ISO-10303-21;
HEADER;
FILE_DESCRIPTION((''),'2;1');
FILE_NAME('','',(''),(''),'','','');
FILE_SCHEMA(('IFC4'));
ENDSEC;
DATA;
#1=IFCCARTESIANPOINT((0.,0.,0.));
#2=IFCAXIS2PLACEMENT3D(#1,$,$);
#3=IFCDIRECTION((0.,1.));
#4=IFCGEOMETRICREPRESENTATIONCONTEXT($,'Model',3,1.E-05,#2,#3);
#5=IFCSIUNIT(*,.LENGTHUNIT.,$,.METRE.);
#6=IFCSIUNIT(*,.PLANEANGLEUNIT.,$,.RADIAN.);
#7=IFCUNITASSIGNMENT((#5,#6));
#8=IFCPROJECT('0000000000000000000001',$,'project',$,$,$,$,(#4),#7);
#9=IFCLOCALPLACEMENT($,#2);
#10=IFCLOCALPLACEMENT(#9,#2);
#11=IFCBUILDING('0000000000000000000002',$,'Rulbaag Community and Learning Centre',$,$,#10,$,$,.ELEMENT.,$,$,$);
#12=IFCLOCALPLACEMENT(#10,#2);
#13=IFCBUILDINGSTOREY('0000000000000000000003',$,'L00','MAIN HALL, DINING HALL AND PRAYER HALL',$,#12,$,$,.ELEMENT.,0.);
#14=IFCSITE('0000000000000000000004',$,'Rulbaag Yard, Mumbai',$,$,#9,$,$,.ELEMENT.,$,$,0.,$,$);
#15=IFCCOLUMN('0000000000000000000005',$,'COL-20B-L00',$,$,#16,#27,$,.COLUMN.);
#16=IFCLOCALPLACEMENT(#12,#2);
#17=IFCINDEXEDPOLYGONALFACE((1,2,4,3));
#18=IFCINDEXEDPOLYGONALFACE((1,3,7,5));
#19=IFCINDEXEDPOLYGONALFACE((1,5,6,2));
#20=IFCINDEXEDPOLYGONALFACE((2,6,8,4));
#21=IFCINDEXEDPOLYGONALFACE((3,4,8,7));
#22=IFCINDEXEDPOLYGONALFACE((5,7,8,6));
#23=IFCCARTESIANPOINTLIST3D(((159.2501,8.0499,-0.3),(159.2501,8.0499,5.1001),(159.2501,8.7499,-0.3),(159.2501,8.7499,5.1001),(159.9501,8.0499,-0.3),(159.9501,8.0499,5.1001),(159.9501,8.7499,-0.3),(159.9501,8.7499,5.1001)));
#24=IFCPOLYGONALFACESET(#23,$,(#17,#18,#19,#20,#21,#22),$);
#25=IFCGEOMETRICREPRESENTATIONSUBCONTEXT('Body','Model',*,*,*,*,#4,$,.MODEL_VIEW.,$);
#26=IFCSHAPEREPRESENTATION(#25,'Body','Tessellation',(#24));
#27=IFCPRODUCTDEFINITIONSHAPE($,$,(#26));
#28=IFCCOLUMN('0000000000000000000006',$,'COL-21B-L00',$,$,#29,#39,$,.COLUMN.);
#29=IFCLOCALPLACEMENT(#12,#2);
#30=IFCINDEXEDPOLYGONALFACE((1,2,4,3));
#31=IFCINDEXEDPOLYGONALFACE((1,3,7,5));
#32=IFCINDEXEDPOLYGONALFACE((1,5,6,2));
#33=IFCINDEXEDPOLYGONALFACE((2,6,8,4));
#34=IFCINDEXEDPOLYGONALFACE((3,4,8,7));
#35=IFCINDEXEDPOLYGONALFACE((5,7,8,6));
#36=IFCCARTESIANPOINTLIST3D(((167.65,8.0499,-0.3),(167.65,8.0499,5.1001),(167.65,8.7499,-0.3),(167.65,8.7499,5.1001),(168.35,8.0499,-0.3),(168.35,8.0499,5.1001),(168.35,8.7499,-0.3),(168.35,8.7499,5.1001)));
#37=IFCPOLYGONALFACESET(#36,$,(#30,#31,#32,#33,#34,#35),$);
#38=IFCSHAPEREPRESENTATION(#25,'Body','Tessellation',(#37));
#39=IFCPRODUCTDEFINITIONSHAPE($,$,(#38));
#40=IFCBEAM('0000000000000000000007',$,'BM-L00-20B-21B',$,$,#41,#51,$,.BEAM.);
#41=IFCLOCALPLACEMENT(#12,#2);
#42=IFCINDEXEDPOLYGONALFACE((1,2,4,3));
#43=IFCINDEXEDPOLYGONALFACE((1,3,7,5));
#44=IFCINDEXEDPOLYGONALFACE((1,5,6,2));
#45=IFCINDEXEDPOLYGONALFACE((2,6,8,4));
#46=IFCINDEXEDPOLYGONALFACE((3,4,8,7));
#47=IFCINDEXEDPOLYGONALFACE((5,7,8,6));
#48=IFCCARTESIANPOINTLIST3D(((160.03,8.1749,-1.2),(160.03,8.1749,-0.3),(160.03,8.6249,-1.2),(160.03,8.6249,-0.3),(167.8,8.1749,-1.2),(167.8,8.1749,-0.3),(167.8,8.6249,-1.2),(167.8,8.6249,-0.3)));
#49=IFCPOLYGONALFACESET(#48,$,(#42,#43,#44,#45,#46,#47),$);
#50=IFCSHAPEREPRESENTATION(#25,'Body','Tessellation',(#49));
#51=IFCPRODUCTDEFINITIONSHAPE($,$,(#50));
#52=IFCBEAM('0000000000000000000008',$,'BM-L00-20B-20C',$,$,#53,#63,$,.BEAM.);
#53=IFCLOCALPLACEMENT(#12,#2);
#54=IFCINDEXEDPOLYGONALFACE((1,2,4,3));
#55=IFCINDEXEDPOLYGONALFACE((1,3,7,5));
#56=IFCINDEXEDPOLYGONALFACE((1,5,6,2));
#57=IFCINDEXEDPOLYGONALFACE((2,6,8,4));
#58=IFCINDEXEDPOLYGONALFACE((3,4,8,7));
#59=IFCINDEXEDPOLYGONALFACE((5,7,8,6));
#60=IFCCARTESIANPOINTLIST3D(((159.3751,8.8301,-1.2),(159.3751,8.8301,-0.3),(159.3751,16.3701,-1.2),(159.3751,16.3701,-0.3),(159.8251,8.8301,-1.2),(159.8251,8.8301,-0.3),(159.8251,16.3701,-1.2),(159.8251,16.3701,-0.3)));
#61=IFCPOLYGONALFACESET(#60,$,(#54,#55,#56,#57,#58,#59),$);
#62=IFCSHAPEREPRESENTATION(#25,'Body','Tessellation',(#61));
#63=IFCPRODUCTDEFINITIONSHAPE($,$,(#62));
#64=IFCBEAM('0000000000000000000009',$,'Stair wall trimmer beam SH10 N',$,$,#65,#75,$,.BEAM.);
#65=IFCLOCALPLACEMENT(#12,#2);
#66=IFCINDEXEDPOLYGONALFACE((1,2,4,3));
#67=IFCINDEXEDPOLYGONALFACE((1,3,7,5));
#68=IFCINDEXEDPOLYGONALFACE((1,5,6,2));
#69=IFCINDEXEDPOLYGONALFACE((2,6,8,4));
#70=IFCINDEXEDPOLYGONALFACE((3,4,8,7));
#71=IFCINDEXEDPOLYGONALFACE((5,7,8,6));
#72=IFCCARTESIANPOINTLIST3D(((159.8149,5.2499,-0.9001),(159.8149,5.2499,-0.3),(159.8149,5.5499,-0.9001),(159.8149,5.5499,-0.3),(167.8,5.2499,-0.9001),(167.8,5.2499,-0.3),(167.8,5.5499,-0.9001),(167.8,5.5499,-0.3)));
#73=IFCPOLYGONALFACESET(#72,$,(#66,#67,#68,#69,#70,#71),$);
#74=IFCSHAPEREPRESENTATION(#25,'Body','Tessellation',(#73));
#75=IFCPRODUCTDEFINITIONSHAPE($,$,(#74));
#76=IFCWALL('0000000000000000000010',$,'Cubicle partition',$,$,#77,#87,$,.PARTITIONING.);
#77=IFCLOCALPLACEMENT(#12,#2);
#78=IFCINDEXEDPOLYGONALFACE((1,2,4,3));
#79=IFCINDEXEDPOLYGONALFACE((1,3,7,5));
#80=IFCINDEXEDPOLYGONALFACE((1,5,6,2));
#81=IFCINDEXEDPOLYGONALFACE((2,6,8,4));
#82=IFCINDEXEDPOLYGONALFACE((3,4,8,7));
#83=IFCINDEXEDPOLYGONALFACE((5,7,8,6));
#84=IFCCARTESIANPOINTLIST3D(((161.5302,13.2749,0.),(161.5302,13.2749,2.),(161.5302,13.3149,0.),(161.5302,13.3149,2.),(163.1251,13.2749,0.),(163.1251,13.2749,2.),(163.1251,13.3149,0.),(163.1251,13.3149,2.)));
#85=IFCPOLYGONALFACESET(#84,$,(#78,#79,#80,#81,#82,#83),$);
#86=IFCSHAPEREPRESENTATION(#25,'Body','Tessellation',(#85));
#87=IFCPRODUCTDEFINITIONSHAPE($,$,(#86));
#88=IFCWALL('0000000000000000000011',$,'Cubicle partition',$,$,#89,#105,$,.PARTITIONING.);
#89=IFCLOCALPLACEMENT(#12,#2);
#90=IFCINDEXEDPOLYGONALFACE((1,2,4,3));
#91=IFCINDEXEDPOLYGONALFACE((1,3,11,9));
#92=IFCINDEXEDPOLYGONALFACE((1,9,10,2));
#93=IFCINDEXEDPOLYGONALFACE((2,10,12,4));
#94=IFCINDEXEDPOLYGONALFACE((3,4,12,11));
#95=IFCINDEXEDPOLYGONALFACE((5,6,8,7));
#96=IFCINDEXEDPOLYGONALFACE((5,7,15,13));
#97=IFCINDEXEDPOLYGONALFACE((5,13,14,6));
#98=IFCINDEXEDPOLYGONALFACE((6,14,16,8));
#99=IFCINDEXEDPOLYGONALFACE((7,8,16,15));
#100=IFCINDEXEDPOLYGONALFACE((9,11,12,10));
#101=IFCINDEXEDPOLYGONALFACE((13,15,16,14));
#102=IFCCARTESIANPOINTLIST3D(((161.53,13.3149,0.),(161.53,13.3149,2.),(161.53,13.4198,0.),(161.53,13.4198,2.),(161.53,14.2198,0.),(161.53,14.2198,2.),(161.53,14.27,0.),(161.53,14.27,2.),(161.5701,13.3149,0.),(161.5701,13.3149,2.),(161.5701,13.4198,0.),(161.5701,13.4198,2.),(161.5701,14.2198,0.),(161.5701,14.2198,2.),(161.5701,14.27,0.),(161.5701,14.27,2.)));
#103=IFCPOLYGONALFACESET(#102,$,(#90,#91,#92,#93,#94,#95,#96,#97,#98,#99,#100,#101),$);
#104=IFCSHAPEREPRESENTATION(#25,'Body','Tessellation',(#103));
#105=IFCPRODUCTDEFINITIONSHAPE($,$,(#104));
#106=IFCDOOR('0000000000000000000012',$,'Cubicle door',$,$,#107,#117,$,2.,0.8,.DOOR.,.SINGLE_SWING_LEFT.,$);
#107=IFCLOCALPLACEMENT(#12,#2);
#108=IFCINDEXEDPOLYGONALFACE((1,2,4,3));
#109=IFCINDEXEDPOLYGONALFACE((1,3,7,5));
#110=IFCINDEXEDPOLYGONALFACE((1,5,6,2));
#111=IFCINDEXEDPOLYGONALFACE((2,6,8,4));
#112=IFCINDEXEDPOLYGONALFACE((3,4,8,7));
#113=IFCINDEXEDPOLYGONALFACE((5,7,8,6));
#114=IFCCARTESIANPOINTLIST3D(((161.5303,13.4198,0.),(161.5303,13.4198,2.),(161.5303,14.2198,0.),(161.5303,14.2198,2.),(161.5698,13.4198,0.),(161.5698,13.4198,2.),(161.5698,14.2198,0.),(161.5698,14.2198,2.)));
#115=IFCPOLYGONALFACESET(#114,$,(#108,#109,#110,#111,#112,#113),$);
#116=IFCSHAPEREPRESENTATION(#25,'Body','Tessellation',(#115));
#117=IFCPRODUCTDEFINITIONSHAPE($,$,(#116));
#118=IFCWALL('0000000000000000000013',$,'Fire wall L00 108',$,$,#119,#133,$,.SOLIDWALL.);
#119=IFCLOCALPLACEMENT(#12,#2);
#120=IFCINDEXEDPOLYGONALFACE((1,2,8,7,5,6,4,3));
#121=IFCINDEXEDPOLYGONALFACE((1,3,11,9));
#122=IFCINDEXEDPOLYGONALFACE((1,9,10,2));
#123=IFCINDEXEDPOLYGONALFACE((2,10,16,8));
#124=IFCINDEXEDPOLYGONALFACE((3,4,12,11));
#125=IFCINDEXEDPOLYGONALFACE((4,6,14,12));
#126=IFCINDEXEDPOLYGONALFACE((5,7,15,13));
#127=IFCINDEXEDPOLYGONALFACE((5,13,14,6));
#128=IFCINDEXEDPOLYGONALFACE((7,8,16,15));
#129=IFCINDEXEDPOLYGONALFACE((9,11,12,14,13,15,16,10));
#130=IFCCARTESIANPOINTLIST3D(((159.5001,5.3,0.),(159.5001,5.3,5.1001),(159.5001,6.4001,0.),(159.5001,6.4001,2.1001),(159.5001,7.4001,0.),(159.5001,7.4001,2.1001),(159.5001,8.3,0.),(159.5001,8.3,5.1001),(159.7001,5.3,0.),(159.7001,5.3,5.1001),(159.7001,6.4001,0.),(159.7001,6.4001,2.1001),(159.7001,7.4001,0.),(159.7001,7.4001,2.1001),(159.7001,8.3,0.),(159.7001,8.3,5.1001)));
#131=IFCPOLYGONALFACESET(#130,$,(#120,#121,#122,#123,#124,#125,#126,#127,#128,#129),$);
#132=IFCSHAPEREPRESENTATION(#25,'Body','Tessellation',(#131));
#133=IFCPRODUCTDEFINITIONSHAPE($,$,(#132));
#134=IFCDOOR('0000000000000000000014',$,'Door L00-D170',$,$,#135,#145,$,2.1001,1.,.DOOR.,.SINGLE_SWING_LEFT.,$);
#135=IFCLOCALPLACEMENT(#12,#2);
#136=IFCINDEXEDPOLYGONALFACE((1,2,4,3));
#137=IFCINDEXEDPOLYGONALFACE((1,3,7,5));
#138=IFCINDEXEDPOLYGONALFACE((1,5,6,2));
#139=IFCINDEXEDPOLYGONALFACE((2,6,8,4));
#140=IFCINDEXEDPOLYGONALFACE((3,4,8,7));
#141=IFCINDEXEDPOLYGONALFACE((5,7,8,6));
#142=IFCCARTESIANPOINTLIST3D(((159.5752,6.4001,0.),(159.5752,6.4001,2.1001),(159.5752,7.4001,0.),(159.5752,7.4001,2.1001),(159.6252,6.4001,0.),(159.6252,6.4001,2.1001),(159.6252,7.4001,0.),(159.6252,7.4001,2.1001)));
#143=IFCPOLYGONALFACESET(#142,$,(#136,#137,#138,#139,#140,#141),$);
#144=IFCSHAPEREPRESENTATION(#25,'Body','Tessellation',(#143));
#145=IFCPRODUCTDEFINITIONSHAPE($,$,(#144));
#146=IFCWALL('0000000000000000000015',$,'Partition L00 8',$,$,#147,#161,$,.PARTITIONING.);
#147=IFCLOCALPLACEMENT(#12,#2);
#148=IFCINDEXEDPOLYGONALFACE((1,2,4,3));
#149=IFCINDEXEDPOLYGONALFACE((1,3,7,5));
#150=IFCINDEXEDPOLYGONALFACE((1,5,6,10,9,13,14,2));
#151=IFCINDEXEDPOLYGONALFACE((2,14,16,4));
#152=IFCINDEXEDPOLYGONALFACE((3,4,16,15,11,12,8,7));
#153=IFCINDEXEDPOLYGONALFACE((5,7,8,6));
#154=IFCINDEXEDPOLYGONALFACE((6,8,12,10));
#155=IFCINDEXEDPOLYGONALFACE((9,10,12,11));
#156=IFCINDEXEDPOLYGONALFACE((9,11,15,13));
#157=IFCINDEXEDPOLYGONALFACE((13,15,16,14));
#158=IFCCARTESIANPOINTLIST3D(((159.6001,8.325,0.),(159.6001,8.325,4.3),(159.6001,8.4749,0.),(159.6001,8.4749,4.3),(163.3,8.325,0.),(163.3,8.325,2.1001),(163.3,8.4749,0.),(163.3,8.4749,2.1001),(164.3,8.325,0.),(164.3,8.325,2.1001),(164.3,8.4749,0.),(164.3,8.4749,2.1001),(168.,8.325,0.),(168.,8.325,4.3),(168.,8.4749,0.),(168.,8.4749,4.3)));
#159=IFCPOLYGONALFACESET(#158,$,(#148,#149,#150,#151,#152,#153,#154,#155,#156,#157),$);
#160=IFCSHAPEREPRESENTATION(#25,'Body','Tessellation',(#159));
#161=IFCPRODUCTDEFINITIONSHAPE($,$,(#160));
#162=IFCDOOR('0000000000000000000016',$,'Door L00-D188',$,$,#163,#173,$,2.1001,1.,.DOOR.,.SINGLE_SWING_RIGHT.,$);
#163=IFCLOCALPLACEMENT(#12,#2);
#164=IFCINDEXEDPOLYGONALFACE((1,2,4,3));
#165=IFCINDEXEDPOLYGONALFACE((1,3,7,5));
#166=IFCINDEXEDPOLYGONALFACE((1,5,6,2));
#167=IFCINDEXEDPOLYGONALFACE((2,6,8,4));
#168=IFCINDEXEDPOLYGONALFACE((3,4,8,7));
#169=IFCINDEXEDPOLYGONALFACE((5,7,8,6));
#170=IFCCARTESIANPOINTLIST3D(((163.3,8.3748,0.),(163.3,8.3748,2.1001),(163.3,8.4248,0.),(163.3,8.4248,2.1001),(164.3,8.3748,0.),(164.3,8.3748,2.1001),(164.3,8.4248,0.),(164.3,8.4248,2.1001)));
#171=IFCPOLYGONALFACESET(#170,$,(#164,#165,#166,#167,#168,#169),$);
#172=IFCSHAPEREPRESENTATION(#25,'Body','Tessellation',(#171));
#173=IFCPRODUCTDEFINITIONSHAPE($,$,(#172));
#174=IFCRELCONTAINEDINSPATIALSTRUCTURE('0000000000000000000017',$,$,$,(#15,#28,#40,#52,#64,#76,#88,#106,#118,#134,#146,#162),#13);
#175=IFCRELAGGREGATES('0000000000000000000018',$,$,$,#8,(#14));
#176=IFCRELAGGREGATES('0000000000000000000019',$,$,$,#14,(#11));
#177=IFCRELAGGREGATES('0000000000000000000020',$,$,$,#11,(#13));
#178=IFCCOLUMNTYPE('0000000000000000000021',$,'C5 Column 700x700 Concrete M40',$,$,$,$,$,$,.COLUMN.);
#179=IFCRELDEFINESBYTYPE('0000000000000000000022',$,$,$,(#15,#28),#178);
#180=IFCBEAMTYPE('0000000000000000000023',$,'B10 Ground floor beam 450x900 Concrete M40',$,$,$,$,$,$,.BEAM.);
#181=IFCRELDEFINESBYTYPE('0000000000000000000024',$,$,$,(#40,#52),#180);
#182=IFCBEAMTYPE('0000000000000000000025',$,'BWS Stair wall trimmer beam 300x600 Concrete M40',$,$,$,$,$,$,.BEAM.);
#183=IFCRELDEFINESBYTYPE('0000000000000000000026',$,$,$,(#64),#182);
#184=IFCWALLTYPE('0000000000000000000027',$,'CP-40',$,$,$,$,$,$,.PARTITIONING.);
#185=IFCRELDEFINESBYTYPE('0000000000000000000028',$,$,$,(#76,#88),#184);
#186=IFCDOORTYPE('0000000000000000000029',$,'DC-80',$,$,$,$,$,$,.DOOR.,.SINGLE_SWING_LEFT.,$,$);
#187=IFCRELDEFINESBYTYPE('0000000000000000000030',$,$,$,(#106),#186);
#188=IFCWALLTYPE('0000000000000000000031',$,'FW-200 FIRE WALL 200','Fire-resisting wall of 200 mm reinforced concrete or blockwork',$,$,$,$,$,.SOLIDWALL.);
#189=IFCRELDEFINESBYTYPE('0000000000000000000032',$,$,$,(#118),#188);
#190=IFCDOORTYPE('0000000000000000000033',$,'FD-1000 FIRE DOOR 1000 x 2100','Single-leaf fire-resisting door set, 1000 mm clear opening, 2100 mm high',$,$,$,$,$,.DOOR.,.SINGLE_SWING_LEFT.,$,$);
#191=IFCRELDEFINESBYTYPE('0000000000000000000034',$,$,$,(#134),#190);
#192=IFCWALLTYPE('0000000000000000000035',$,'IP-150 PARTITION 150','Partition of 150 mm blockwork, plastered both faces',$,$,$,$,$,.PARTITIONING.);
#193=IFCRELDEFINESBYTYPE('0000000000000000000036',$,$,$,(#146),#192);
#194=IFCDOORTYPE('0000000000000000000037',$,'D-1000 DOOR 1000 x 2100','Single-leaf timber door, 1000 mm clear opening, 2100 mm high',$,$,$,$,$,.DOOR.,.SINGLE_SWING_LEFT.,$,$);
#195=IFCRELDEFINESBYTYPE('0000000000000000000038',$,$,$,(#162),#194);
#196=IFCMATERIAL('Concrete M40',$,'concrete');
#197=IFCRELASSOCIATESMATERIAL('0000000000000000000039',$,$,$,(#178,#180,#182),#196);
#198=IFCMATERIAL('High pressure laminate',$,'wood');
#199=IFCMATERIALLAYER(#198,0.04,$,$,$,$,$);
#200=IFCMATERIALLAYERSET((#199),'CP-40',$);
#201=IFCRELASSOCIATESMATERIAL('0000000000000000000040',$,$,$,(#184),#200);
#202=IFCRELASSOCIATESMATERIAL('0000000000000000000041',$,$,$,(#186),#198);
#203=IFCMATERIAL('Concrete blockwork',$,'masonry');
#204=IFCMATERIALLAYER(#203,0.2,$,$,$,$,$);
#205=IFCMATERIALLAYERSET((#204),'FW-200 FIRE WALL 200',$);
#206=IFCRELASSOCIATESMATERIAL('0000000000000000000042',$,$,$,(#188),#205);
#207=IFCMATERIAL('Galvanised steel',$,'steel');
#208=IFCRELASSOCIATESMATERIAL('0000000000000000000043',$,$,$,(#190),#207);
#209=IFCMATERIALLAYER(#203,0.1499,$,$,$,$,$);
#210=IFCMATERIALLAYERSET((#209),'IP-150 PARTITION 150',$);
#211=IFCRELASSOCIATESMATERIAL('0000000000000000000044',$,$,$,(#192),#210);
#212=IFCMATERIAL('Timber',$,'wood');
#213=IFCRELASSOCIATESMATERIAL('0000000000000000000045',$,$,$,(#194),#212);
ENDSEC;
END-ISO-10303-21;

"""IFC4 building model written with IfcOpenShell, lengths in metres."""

from ifc_helpers import new_model, si_unit, direction, frame, frame_2d, origin, origin_2d, place, context, subcontext, project, spatial, rectangle, extrude, material, layer, layer_set, material_profile, profile_set, type_object, element, fill, save


model = new_model("IFC4")

# Units and contexts
model_context = context("Model", 3, precision=1e-05, world=origin(), true_north=direction((0.0, 1.0)))
body_context = subcontext(model_context, "Body", "Model", "MODEL_VIEW")
ifc_project = project(units=[si_unit("LENGTHUNIT", "METRE"), si_unit("PLANEANGLEUNIT", "RADIAN")], contexts=[model_context])

# Site, building, storey
site_placement = place(None, origin())
site = spatial("IfcSite", under=ifc_project, at=site_placement, Name="Rulbaag Yard, Mumbai", CompositionType="ELEMENT", RefElevation=0.0)
building_placement = place(site_placement, origin())
building = spatial("IfcBuilding", under=site, at=building_placement, Name="Rulbaag Community and Learning Centre", CompositionType="ELEMENT")
storey_placement = place(building_placement, origin())
storey = spatial("IfcBuildingStorey", under=building, at=storey_placement, Name="L00", Description="MAIN HALL, DINING HALL AND PRAYER HALL", CompositionType="ELEMENT", Elevation=0.0)

# Columns
ifc_material_1 = material(Name="Concrete M40", Category="concrete")
ifc_material_profile_1 = material_profile(ifc_material_1, rectangle(XDim=0.7, YDim=0.7, at=origin_2d()), Name="RC700x700")
ifc_profile_set_1 = profile_set([ifc_material_profile_1], Name="Concrete M40")
column_type = type_object("IfcColumnType", Name="C5 Column 700x700 Concrete M40", PredefinedType="COLUMN", material=ifc_profile_set_1)
for number, where, z_axis, x_axis, name in (
    (1, (159.6001, 8.3999, -0.3), (0.0, 0.0, 1.0), (1.0, 0.0, 0.0), "COL-20B-L00"),
    (2, (168.0, 8.3999, -0.3), (0.0, 0.0, 1.0), (1.0, 0.0, 0.0), "COL-21B-L00"),
):
    element("IfcColumn", number, at=place(storey_placement, frame(where, z_axis=z_axis, x_axis=x_axis)), inside=storey, type_object=column_type, Name=name, PredefinedType="COLUMN", context=body_context, shape_type="SweptSolid", body=[
        extrude(rectangle(XDim=0.7, YDim=0.7, at=origin_2d()), origin(), (0.0, 0.0, 1.0), 5.4001),
    ])

# Beams
ifc_material_profile_2 = material_profile(ifc_material_1, rectangle(XDim=0.45, YDim=0.8999, at=origin_2d()), Name="RB450x900")
ifc_profile_set_2 = profile_set([ifc_material_profile_2], Name="Concrete M40")
beam_type_1 = type_object("IfcBeamType", Name="B10 Ground floor beam 450x900 Concrete M40", PredefinedType="BEAM", material=ifc_profile_set_2)
beam_1_placement = place(storey_placement, frame((160.03, 8.3999, -0.75), z_axis=(1.0, 0.0, 0.0), x_axis=(0.0, 1.0, 0.0)))
element("IfcBeam", 3, at=beam_1_placement, inside=storey, type_object=beam_type_1, Name="BM-L00-20B-21B", PredefinedType="BEAM", context=body_context, shape_type="SweptSolid", body=[
    extrude(rectangle(XDim=0.45, YDim=0.8999, at=origin_2d()), origin(), (0.0, 0.0, 1.0), 7.77),
])
beam_2_placement = place(storey_placement, frame((159.6001, 8.8301, -0.75), z_axis=(0.0, 1.0, 0.0), x_axis=(-1.0, 0.0, 0.0)))
element("IfcBeam", 4, at=beam_2_placement, inside=storey, type_object=beam_type_1, Name="BM-L00-20B-20C", PredefinedType="BEAM", context=body_context, shape_type="SweptSolid", body=[
    extrude(rectangle(XDim=0.45, YDim=0.8999, at=origin_2d()), origin(), (0.0, 0.0, 1.0), 7.54),
])
ifc_material_profile_3 = material_profile(ifc_material_1, rectangle(XDim=0.3, YDim=0.6001, at=origin_2d()), Name="RB300x600")
ifc_profile_set_3 = profile_set([ifc_material_profile_3], Name="Concrete M40")
beam_type_2 = type_object("IfcBeamType", Name="BWS Stair wall trimmer beam 300x600 Concrete M40", PredefinedType="BEAM", material=ifc_profile_set_3)
beam_3_placement = place(storey_placement, frame((159.8149, 5.3999, -0.6001), z_axis=(1.0, 0.0, 0.0), x_axis=(0.0, 1.0, 0.0)))
element("IfcBeam", 5, at=beam_3_placement, inside=storey, type_object=beam_type_2, Name="Stair wall trimmer beam SH10 N", PredefinedType="BEAM", context=body_context, shape_type="SweptSolid", body=[
    extrude(rectangle(XDim=0.3, YDim=0.6001, at=origin_2d()), origin(), (0.0, 0.0, 1.0), 7.9851),
])

# Wall
ifc_material_2 = material(Name="High pressure laminate", Category="wood")
ifc_layer_1 = layer(ifc_material_2, 0.04)
ifc_layer_set_1 = layer_set([ifc_layer_1], Name="CP-40")
wall_type_1 = type_object("IfcWallType", Name="CP-40", PredefinedType="PARTITIONING", material=ifc_layer_set_1)
wall_1_placement = place(storey_placement, frame((163.125, 13.2949, 0.0), z_axis=(0.0, 0.0, 1.0), x_axis=(-1.0, 0.0, 0.0)))
element("IfcWall", 6, at=wall_1_placement, inside=storey, type_object=wall_type_1, Name="Cubicle partition", PredefinedType="PARTITIONING", context=body_context, shape_type="SweptSolid", body=[
    extrude(rectangle(XDim=1.595, YDim=0.04, at=frame_2d((0.7974, 0.0))), origin(), (0.0, 0.0, 1.0), 2.0),
])

# Wall, opening, door
wall_2_placement = place(storey_placement, frame((161.55, 13.3149, 0.0), z_axis=(0.0, 0.0, 1.0), x_axis=(0.0, 1.0, 0.0)))
wall_2 = element("IfcWall", 7, at=wall_2_placement, inside=storey, type_object=wall_type_1, Name="Cubicle partition", PredefinedType="PARTITIONING", context=body_context, shape_type="SweptSolid", body=[
    extrude(rectangle(XDim=0.9551, YDim=0.04, at=frame_2d((0.4775, 0.0))), origin(), (0.0, 0.0, 1.0), 2.0),
])
opening_1_placement = place(wall_2_placement, frame((0.105, 0.0, 0.0)))
opening_1 = element("IfcOpeningElement", 8, at=opening_1_placement, cuts=wall_2, PredefinedType="OPENING", context=body_context, shape_type="SweptSolid", body=[
    extrude(rectangle(XDim=0.8, YDim=2.0, at=frame_2d((0.3999, 1.0))), frame((0.0, 0.03, 0.0), z_axis=(0.0, -1.0, 0.0), x_axis=(1.0, 0.0, 0.0)), (0.0, 0.0, 1.0), 0.0601),
])
door_type_1 = type_object("IfcDoorType", Name="DC-80", OperationType="SINGLE_SWING_LEFT", PredefinedType="DOOR", material=ifc_material_2)
door_1_placement = place(opening_1_placement, origin())
door_1 = element("IfcDoor", 9, at=door_1_placement, inside=storey, type_object=door_type_1, Name="Cubicle door", OperationType="SINGLE_SWING_LEFT", OverallHeight=2.0, OverallWidth=0.8, PredefinedType="DOOR", context=body_context, shape_type="SweptSolid", body=[
    extrude(rectangle(XDim=0.8, YDim=2.0, at=frame_2d((0.3999, 1.0))), frame((0.0, 0.0198, 0.0), z_axis=(0.0, -1.0, 0.0), x_axis=(1.0, 0.0, 0.0)), (0.0, 0.0, 1.0), 0.0396),
])
fill(opening_1, door_1)

# Walls, openings, doors
ifc_material_3 = material(Name="Concrete blockwork", Category="masonry")
ifc_layer_2 = layer(ifc_material_3, 0.2)
ifc_layer_set_2 = layer_set([ifc_layer_2], Name="FW-200 FIRE WALL 200")
wall_type_2 = type_object("IfcWallType", Name="FW-200 FIRE WALL 200", Description="Fire-resisting wall of 200 mm reinforced concrete or blockwork", PredefinedType="SOLIDWALL", material=ifc_layer_set_2)
wall_3_placement = place(storey_placement, frame((159.6001, 5.3, 0.0), z_axis=(0.0, 0.0, 1.0), x_axis=(0.0, 1.0, 0.0)))
wall_3 = element("IfcWall", 10, at=wall_3_placement, inside=storey, type_object=wall_type_2, Name="Fire wall L00 108", PredefinedType="SOLIDWALL", context=body_context, shape_type="SweptSolid", body=[
    extrude(rectangle(XDim=3.0, YDim=0.2, at=frame_2d((1.5, 0.0))), origin(), (0.0, 0.0, 1.0), 5.1001),
])
opening_2_placement = place(wall_3_placement, frame((1.1001, 0.0, 0.0)))
opening_2 = element("IfcOpeningElement", 11, at=opening_2_placement, cuts=wall_3, PredefinedType="OPENING", context=body_context, shape_type="SweptSolid", body=[
    extrude(rectangle(XDim=1.0, YDim=2.1001, at=frame_2d((0.5, 1.05))), frame((0.0, 0.1099, 0.0), z_axis=(0.0, -1.0, 0.0), x_axis=(1.0, 0.0, 0.0)), (0.0, 0.0, 1.0), 0.22),
])
ifc_material_4 = material(Name="Galvanised steel", Category="steel")
door_type_2 = type_object("IfcDoorType", Name="FD-1000 FIRE DOOR 1000 x 2100", Description="Single-leaf fire-resisting door set, 1000 mm clear opening, 2100 mm high", OperationType="SINGLE_SWING_LEFT", PredefinedType="DOOR", material=ifc_material_4)
door_2_placement = place(opening_2_placement, origin())
door_2 = element("IfcDoor", 12, at=door_2_placement, inside=storey, type_object=door_type_2, Name="Door L00-D170", OperationType="SINGLE_SWING_LEFT", OverallHeight=2.1001, OverallWidth=1.0, PredefinedType="DOOR", context=body_context, shape_type="SweptSolid", body=[
    extrude(rectangle(XDim=1.0, YDim=2.1001, at=frame_2d((0.5, 1.05))), frame((0.0, 0.0249, 0.0), z_axis=(0.0, -1.0, 0.0), x_axis=(1.0, 0.0, 0.0)), (0.0, 0.0, 1.0), 0.05),
])
fill(opening_2, door_2)
ifc_layer_3 = layer(ifc_material_3, 0.1499)
ifc_layer_set_3 = layer_set([ifc_layer_3], Name="IP-150 PARTITION 150")
wall_type_3 = type_object("IfcWallType", Name="IP-150 PARTITION 150", Description="Partition of 150 mm blockwork, plastered both faces", PredefinedType="PARTITIONING", material=ifc_layer_set_3)
wall_4_placement = place(storey_placement, frame((159.6001, 8.3999, 0.0), z_axis=(0.0, 0.0, 1.0), x_axis=(1.0, 0.0, 0.0)))
wall_4 = element("IfcWall", 13, at=wall_4_placement, inside=storey, type_object=wall_type_3, Name="Partition L00 8", PredefinedType="PARTITIONING", context=body_context, shape_type="SweptSolid", body=[
    extrude(rectangle(XDim=8.3999, YDim=0.1499, at=frame_2d((4.2, 0.0))), origin(), (0.0, 0.0, 1.0), 4.3),
])
opening_3_placement = place(wall_4_placement, frame((3.7, 0.0, 0.0)))
opening_3 = element("IfcOpeningElement", 14, at=opening_3_placement, cuts=wall_4, PredefinedType="OPENING", context=body_context, shape_type="SweptSolid", body=[
    extrude(rectangle(XDim=1.0, YDim=2.1001, at=frame_2d((0.5, 1.05))), frame((0.0, 0.085, 0.0), z_axis=(0.0, -1.0, 0.0), x_axis=(1.0, 0.0, 0.0)), (0.0, 0.0, 1.0), 0.1699),
])
ifc_material_5 = material(Name="Timber", Category="wood")
door_type_3 = type_object("IfcDoorType", Name="D-1000 DOOR 1000 x 2100", Description="Single-leaf timber door, 1000 mm clear opening, 2100 mm high", OperationType="SINGLE_SWING_LEFT", PredefinedType="DOOR", material=ifc_material_5)
door_3_placement = place(opening_3_placement, origin())
door_3 = element("IfcDoor", 15, at=door_3_placement, inside=storey, type_object=door_type_3, Name="Door L00-D188", OperationType="SINGLE_SWING_RIGHT", OverallHeight=2.1001, OverallWidth=1.0, PredefinedType="DOOR", context=body_context, shape_type="SweptSolid", body=[
    extrude(rectangle(XDim=1.0, YDim=2.1001, at=frame_2d((0.5, 1.05))), frame((0.0, 0.0249, 0.0), z_axis=(0.0, -1.0, 0.0), x_axis=(1.0, 0.0, 0.0)), (0.0, 0.0, 1.0), 0.05),
])
fill(opening_3, door_3)

save(model, "model.ifc")
